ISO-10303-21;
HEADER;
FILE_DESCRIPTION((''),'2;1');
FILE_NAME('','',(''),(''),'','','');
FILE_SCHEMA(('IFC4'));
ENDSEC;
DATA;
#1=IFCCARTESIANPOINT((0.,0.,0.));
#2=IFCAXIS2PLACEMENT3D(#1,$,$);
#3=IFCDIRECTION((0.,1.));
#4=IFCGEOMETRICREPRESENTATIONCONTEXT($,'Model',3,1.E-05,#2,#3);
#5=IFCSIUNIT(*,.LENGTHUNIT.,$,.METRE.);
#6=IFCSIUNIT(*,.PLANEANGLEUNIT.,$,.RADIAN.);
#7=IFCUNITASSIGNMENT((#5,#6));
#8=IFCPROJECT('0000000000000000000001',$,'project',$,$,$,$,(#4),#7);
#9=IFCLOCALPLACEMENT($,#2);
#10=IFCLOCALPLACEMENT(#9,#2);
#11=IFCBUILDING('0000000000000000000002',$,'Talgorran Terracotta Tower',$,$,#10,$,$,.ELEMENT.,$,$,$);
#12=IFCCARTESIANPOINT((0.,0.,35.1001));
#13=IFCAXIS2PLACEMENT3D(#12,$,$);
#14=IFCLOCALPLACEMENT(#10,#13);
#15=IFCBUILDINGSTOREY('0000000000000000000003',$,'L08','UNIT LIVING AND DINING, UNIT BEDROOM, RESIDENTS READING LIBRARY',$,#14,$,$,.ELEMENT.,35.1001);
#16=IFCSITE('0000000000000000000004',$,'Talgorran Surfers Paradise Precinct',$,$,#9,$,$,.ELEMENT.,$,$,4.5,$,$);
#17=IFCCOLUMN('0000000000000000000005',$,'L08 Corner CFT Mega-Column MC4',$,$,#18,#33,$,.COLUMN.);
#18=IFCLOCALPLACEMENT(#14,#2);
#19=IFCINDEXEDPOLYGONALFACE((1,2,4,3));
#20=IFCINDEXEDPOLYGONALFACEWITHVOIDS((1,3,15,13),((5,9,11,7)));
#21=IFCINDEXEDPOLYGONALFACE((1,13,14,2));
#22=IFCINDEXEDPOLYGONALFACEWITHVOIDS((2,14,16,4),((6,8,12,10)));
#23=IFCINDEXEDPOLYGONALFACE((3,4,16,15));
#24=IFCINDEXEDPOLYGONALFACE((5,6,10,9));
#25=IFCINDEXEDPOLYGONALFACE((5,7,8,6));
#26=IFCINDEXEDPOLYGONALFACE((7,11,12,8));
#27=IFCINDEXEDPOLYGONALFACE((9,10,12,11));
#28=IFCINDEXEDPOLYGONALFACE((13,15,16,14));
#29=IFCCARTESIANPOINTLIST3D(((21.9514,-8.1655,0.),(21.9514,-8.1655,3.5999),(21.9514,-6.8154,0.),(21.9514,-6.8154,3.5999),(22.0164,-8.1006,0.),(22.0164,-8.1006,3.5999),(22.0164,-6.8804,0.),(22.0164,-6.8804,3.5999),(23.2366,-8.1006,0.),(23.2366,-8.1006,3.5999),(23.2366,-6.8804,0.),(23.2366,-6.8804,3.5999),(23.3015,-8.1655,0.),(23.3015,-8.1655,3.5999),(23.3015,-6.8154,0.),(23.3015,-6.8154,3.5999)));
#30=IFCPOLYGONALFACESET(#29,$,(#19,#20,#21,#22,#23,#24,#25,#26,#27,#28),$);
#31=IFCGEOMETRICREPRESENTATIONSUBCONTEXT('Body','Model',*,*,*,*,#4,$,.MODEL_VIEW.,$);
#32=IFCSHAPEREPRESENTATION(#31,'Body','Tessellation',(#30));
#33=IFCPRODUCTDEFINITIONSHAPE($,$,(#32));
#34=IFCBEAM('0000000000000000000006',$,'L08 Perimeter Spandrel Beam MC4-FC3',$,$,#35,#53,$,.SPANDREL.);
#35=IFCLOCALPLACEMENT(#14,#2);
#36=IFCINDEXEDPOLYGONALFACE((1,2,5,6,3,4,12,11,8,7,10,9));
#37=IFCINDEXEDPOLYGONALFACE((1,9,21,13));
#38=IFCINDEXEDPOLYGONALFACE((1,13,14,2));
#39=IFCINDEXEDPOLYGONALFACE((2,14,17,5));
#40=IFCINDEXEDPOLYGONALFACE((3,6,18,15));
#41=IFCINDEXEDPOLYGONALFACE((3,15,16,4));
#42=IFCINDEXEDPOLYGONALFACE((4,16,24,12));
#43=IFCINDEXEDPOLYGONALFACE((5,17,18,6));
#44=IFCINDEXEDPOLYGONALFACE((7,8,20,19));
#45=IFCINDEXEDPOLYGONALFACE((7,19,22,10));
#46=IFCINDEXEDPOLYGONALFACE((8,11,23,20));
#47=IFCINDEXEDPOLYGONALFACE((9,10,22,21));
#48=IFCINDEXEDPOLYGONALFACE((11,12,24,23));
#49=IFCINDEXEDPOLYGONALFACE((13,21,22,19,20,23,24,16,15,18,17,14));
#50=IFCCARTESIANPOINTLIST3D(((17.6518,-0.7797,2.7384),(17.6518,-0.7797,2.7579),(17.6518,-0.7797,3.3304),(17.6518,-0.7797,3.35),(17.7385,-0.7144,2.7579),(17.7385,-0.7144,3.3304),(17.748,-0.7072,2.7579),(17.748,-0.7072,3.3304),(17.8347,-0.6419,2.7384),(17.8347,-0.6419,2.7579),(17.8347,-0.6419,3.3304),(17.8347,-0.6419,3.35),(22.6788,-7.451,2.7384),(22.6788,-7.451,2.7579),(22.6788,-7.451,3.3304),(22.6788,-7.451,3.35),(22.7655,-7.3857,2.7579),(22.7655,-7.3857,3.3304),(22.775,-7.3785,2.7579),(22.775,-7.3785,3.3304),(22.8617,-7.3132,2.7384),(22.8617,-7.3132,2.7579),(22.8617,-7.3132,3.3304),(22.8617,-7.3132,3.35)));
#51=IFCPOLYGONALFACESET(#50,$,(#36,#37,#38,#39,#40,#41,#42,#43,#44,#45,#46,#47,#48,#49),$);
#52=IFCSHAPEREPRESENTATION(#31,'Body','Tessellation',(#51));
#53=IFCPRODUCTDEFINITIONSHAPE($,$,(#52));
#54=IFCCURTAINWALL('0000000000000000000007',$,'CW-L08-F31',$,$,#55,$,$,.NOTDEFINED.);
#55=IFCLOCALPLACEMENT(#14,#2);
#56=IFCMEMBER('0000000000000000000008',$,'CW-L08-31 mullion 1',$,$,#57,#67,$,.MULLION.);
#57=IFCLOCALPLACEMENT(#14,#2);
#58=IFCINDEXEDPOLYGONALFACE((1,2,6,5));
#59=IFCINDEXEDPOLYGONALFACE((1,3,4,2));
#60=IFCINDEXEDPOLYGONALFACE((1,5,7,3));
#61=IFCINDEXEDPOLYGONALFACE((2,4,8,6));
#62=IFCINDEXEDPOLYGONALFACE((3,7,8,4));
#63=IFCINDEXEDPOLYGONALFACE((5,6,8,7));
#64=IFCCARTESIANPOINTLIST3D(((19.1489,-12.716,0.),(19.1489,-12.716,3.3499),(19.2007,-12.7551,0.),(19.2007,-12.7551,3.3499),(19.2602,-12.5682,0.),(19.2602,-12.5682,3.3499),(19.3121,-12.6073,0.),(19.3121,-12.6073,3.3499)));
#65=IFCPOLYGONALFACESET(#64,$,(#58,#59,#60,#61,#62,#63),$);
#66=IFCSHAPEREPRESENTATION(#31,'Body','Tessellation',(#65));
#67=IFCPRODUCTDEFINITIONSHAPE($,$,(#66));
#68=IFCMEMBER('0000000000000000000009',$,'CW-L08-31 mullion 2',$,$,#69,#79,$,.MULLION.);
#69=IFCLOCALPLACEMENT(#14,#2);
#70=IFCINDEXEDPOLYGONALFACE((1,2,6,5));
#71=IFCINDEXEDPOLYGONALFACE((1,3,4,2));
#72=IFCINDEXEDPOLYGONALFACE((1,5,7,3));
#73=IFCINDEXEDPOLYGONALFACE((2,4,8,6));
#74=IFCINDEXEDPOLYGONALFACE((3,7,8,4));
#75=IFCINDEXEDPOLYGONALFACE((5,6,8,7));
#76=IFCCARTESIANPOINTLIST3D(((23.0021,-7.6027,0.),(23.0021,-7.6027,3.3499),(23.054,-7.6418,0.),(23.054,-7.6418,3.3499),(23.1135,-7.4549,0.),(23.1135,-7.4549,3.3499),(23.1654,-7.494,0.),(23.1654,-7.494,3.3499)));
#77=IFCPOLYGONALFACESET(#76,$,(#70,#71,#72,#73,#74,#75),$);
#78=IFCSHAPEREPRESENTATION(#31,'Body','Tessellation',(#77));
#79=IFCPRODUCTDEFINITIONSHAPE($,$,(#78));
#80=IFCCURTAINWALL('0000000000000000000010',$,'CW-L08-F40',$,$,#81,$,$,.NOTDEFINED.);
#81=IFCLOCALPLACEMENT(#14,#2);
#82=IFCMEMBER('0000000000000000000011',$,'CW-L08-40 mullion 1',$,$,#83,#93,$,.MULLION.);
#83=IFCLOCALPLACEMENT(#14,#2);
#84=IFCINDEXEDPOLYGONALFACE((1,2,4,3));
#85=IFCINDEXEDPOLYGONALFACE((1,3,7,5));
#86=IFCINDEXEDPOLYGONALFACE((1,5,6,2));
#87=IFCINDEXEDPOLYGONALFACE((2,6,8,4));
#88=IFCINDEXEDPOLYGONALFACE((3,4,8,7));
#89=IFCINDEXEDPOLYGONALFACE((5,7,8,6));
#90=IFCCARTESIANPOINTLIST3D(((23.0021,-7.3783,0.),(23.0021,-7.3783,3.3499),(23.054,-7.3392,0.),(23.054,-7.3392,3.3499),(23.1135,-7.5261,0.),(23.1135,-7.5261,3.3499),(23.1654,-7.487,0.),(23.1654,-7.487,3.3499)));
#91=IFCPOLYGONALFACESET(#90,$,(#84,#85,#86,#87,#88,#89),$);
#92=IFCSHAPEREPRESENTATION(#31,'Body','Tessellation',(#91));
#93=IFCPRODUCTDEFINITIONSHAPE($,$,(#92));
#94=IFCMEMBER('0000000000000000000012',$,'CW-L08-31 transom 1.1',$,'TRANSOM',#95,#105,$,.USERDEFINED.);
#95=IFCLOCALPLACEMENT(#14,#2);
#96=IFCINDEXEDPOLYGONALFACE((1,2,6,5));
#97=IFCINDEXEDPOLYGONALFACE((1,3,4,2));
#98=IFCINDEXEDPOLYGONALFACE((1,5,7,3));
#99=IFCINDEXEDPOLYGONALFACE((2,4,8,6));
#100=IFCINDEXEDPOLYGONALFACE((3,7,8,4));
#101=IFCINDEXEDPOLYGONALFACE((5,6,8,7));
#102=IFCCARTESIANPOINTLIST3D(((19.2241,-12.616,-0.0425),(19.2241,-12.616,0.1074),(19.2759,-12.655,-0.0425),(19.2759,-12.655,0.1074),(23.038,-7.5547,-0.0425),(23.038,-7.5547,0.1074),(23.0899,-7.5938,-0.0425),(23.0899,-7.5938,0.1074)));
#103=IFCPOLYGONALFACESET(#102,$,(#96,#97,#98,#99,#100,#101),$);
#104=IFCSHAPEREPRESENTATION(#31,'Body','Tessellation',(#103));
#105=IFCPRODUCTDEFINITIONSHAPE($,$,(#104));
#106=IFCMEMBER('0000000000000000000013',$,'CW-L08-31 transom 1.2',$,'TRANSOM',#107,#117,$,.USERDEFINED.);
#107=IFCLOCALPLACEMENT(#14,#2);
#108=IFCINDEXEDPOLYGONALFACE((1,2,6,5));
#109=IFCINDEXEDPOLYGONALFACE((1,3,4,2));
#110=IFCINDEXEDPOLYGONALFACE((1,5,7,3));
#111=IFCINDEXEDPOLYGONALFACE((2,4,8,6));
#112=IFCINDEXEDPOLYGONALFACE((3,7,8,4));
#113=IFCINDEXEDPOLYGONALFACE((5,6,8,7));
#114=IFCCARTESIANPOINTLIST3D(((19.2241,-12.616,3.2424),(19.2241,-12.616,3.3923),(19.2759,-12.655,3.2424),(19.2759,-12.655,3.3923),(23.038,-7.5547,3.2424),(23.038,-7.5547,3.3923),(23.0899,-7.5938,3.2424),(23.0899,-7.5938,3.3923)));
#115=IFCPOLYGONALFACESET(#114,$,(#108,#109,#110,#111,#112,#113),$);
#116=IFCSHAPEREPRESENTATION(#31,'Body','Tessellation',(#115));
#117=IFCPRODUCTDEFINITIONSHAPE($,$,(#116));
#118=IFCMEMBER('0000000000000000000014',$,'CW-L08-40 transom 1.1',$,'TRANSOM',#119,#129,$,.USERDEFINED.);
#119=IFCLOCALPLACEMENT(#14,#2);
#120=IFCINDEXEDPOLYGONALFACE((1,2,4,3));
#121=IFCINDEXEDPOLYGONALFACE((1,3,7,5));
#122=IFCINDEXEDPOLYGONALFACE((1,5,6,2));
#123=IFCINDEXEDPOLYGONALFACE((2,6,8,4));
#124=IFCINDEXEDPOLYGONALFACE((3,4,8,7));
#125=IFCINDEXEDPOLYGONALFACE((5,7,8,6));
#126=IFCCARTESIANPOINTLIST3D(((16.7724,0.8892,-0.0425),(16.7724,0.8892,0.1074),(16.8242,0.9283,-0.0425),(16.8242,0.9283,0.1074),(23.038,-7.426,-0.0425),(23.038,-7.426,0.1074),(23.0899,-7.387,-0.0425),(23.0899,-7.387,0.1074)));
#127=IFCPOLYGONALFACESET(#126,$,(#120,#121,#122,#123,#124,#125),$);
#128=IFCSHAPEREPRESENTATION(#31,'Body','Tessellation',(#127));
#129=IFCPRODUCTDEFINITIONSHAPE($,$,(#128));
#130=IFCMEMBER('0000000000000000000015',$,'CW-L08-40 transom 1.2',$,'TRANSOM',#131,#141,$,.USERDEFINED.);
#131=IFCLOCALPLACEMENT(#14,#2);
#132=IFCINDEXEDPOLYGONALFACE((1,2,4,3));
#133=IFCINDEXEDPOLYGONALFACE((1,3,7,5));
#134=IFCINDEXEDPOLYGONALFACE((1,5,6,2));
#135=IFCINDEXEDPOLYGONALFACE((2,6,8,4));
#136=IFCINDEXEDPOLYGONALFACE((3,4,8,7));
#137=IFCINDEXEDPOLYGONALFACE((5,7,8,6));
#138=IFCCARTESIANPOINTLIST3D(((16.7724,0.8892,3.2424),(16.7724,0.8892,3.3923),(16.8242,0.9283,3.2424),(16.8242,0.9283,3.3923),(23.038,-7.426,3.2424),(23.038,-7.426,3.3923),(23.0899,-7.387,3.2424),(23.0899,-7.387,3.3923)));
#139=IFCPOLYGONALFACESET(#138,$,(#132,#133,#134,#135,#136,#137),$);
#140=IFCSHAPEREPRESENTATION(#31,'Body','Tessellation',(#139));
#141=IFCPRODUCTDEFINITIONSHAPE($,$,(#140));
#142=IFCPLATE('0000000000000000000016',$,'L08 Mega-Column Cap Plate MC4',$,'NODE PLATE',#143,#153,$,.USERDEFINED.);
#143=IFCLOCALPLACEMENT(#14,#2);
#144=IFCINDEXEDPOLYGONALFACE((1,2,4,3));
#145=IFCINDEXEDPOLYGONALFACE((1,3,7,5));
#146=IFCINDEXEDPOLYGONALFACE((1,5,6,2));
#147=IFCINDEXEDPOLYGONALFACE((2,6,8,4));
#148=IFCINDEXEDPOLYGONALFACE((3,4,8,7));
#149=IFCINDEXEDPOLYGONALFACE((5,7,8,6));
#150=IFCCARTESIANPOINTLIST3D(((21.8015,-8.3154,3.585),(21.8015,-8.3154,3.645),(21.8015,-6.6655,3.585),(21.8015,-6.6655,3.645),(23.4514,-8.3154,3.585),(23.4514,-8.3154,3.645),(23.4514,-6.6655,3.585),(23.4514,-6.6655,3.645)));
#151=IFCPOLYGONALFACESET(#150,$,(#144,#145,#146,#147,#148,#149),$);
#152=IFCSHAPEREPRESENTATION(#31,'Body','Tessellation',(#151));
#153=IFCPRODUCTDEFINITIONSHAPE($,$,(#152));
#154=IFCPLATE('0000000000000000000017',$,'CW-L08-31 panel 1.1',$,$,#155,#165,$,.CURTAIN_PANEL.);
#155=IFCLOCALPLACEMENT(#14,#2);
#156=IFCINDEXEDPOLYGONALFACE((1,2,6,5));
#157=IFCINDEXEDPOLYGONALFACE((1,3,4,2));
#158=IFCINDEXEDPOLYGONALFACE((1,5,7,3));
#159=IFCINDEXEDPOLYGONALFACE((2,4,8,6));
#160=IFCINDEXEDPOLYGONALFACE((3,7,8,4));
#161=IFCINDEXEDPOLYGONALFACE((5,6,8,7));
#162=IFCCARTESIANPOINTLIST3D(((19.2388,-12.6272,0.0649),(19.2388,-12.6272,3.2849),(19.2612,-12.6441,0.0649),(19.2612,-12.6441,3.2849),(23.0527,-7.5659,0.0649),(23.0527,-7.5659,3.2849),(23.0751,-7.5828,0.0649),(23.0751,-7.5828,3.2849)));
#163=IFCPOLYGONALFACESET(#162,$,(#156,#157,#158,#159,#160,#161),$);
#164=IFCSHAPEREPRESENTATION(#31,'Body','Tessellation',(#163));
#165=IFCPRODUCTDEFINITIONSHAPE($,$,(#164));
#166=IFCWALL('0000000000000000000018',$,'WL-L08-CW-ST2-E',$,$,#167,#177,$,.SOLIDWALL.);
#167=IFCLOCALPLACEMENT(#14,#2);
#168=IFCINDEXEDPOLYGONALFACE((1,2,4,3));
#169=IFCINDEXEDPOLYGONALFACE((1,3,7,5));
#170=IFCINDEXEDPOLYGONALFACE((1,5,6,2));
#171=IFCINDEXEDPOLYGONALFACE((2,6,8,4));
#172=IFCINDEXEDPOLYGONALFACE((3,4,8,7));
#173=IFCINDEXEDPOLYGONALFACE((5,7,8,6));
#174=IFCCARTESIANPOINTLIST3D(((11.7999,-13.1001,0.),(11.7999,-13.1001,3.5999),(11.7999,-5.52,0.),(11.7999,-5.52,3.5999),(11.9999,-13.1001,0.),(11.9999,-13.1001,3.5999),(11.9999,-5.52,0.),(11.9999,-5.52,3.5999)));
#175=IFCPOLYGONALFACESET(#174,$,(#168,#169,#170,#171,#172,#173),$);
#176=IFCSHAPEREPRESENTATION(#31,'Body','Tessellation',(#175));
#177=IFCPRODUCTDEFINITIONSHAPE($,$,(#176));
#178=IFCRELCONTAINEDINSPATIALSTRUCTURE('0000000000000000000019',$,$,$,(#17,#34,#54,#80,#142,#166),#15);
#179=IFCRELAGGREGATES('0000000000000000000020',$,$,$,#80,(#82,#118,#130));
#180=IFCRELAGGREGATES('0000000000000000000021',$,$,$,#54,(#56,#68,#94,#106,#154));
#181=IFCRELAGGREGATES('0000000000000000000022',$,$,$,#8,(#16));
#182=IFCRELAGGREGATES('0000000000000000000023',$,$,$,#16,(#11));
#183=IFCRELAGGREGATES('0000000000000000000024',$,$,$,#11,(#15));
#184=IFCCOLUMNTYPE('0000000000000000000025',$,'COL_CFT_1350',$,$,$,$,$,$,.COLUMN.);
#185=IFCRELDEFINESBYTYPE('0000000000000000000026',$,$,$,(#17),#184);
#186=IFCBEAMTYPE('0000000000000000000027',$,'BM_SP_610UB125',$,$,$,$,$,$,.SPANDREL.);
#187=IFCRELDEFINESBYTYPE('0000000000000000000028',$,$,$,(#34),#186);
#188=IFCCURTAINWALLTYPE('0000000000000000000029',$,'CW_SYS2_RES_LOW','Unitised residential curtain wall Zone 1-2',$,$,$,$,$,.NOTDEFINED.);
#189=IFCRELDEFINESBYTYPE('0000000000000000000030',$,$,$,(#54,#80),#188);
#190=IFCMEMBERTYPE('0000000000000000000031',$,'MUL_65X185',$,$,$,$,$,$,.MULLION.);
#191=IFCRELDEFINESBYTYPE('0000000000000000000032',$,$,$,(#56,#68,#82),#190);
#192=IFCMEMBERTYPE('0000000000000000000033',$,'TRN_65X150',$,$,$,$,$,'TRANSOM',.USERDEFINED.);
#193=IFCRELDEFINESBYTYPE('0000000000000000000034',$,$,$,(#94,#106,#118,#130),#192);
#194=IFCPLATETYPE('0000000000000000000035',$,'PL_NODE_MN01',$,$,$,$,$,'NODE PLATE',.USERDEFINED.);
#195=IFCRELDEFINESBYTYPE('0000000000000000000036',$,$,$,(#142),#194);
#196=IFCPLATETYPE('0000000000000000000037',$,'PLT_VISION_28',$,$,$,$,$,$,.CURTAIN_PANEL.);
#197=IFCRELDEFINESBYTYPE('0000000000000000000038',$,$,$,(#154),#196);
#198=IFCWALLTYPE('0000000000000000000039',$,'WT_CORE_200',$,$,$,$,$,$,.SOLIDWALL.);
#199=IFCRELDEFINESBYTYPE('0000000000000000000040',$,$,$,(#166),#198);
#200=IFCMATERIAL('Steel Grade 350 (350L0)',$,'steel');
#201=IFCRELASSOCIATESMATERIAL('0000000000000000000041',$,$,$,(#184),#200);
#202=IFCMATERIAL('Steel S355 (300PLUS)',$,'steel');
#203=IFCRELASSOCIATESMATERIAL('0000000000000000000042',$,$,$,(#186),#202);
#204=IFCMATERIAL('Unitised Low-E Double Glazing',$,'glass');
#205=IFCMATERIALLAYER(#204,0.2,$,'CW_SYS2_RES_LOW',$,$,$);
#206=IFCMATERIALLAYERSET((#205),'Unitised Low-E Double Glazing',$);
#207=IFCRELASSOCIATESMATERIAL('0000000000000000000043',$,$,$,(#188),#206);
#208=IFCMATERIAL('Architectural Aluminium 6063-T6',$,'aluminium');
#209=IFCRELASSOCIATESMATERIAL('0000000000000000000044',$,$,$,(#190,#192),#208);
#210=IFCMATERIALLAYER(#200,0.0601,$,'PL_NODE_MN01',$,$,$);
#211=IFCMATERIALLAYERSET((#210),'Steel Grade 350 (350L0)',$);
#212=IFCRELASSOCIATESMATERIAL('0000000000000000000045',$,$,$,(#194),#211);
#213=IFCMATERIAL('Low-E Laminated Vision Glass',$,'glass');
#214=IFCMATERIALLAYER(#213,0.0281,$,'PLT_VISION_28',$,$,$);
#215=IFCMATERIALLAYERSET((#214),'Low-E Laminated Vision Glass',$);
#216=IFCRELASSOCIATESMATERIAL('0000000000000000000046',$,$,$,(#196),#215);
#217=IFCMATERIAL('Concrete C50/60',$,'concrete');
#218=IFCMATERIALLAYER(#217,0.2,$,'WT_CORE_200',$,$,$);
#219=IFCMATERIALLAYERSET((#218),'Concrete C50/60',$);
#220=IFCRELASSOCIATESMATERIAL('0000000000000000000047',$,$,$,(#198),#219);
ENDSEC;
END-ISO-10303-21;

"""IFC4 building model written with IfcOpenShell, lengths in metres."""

from ifc_helpers import new_model, si_unit, direction, frame, frame_2d, origin, origin_2d, place, context, subcontext, project, spatial, rectangle, hollow_rectangle, i_section, extrude, source, transform, mapped, material, layer, layer_set, material_profile, profile_set, type_object, type_shapes, element, aggregate, save


model = new_model("IFC4")

# Units and contexts
model_context = context("Model", 3, precision=1e-05, world=origin(), true_north=direction((0.0, 1.0)))
body_context = subcontext(model_context, "Body", "Model", "MODEL_VIEW")
ifc_project = project(units=[si_unit("LENGTHUNIT", "METRE"), si_unit("PLANEANGLEUNIT", "RADIAN")], contexts=[model_context])

# Site, building, storey
site_placement = place(None, origin())
site = spatial("IfcSite", under=ifc_project, at=site_placement, Name="Talgorran Surfers Paradise Precinct", CompositionType="ELEMENT", RefElevation=4.5)
building_placement = place(site_placement, origin())
building = spatial("IfcBuilding", under=site, at=building_placement, Name="Talgorran Terracotta Tower", CompositionType="ELEMENT")
storey_placement = place(building_placement, frame((0.0, 0.0, 35.1001)))
storey = spatial("IfcBuildingStorey", under=building, at=storey_placement, Name="L08", Description="UNIT LIVING AND DINING, UNIT BEDROOM, RESIDENTS READING LIBRARY", CompositionType="ELEMENT", Elevation=35.1001)

# Column
ifc_material_1 = material(Name="Steel Grade 350 (350L0)", Category="steel")
ifc_material_profile_1 = material_profile(ifc_material_1, hollow_rectangle(XDim=1.3501, YDim=1.3501, WallThickness=0.0649, at=origin_2d()), Name="CFT1350X1350X65")
ifc_profile_set_1 = profile_set([ifc_material_profile_1], Name="Steel Grade 350 (350L0)")
column_type = type_object("IfcColumnType", Name="COL_CFT_1350", PredefinedType="COLUMN", material=ifc_profile_set_1)
column_placement = place(storey_placement, frame((22.6265, -7.4905, 0.0), z_axis=(0.0, 0.0, 1.0), x_axis=(1.0, 0.0, 0.0)))
element("IfcColumn", 1, at=column_placement, inside=storey, type_object=column_type, Name="L08 Corner CFT Mega-Column MC4", PredefinedType="COLUMN", context=body_context, shape_type="SweptSolid", body=[
    extrude(hollow_rectangle(XDim=1.3501, YDim=1.3501, WallThickness=0.0649, at=origin_2d()), origin(), (0.0, 0.0, 1.0), 3.5999),
])

# Beam
ifc_material_2 = material(Name="Steel S355 (300PLUS)", Category="steel")
ifc_material_profile_2 = material_profile(ifc_material_2, i_section(OverallWidth=0.229, OverallDepth=0.6116, WebThickness=0.012, FlangeThickness=0.0195, at=origin_2d()), Name="610UB125")
ifc_profile_set_2 = profile_set([ifc_material_profile_2], Name="Steel S355 (300PLUS)")
beam_type = type_object("IfcBeamType", Name="BM_SP_610UB125", PredefinedType="SPANDREL", material=ifc_profile_set_2)
beam_placement = place(storey_placement, frame((22.7703, -7.3821, 3.0442), z_axis=(-0.601804, 0.798644, 0.0), x_axis=(-0.798644, -0.601804, 0.0)))
element("IfcBeam", 2, at=beam_placement, inside=storey, type_object=beam_type, Name="L08 Perimeter Spandrel Beam MC4-FC3", PredefinedType="SPANDREL", context=body_context, shape_type="SweptSolid", body=[
    extrude(i_section(OverallWidth=0.229, OverallDepth=0.6116, WebThickness=0.012, FlangeThickness=0.0195, at=origin_2d()), origin(), (0.0, 0.0, 1.0), 8.3533),
])

# Curtain wall, members
ifc_material_3 = material(Name="Unitised Low-E Double Glazing", Category="glass")
ifc_layer_1 = layer(ifc_material_3, 0.2, Name="CW_SYS2_RES_LOW")
ifc_layer_set_1 = layer_set([ifc_layer_1], Name="Unitised Low-E Double Glazing")
curtain_wall_type = type_object("IfcCurtainWallType", Name="CW_SYS2_RES_LOW", Description="Unitised residential curtain wall Zone 1-2", PredefinedType="NOTDEFINED", material=ifc_layer_set_1)
curtain_wall_1_placement = place(storey_placement, origin())
curtain_wall_1 = element("IfcCurtainWall", 3, at=curtain_wall_1_placement, inside=storey, type_object=curtain_wall_type, Name="CW-L08-F31", PredefinedType="NOTDEFINED")
ifc_material_4 = material(Name="Architectural Aluminium 6063-T6", Category="aluminium")
ifc_material_profile_3 = material_profile(ifc_material_4, rectangle(XDim=0.0649, YDim=0.1851, at=origin_2d()), Name="CWM65X185")
ifc_profile_set_3 = profile_set([ifc_material_profile_3], Name="Architectural Aluminium 6063-T6")
member_type_1 = type_object("IfcMemberType", Name="MUL_65X185", PredefinedType="MULLION", material=ifc_profile_set_3)
member_1_placement = place(storey_placement, frame((19.2305, -12.6616, 0.0), z_axis=(0.0, 0.0, 1.0), x_axis=(-0.79864, 0.601809, 0.0)))
member_1 = element("IfcMember", 4, at=member_1_placement, type_object=member_type_1, Name="CW-L08-31 mullion 1", PredefinedType="MULLION", context=body_context, shape_type="SweptSolid", body=[
    extrude(rectangle(XDim=0.0649, YDim=0.1851, at=origin_2d()), origin(), (0.0, 0.0, 1.0), 3.3499),
])
member_2_placement = place(storey_placement, frame((23.0837, -7.5483, 0.0), z_axis=(0.0, 0.0, 1.0), x_axis=(-0.79864, 0.601809, 0.0)))
member_2 = element("IfcMember", 5, at=member_2_placement, type_object=member_type_1, Name="CW-L08-31 mullion 2", PredefinedType="MULLION", context=body_context, shape_type="SweptSolid", body=[
    extrude(rectangle(XDim=0.0649, YDim=0.1851, at=origin_2d()), origin(), (0.0, 0.0, 1.0), 3.3499),
])

# Curtain wall, member
curtain_wall_2_placement = place(storey_placement, origin())
curtain_wall_2 = element("IfcCurtainWall", 6, at=curtain_wall_2_placement, inside=storey, type_object=curtain_wall_type, Name="CW-L08-F40", PredefinedType="NOTDEFINED")
member_3_placement = place(storey_placement, frame((23.0837, -7.4326, 0.0), z_axis=(0.0, 0.0, 1.0), x_axis=(-0.798643, -0.601805, 0.0)))
member_3 = element("IfcMember", 7, at=member_3_placement, type_object=member_type_1, Name="CW-L08-40 mullion 1", PredefinedType="MULLION", context=body_context, shape_type="SweptSolid", body=[
    extrude(rectangle(XDim=0.0649, YDim=0.1851, at=origin_2d()), origin(), (0.0, 0.0, 1.0), 3.3499),
])

# Members
ifc_material_profile_4 = material_profile(ifc_material_4, rectangle(XDim=0.0649, YDim=0.1499, at=origin_2d()), Name="CWT65X150")
ifc_profile_set_4 = profile_set([ifc_material_profile_4], Name="Architectural Aluminium 6063-T6")
member_type_2 = type_object("IfcMemberType", Name="TRN_65X150", ElementType="TRANSOM", PredefinedType="USERDEFINED", material=ifc_profile_set_4)
member_4_placement = place(storey_placement, frame((19.25, -12.6355, 0.0325), z_axis=(0.601817, 0.798634, 0.0), x_axis=(-0.798634, 0.601817, 0.0)))
member_4 = element("IfcMember", 8, at=member_4_placement, type_object=member_type_2, Name="CW-L08-31 transom 1.1", ObjectType="TRANSOM", PredefinedType="USERDEFINED", context=body_context, shape_type="SweptSolid", body=[
    extrude(rectangle(XDim=0.0649, YDim=0.1499, at=origin_2d()), origin(), (0.0, 0.0, 1.0), 6.3374),
])
member_5_placement = place(storey_placement, frame((19.25, -12.6355, 3.3174), z_axis=(0.601817, 0.798634, 0.0), x_axis=(-0.798634, 0.601817, 0.0)))
member_5 = element("IfcMember", 9, at=member_5_placement, type_object=member_type_2, Name="CW-L08-31 transom 1.2", ObjectType="TRANSOM", PredefinedType="USERDEFINED", context=body_context, shape_type="SweptSolid", body=[
    extrude(rectangle(XDim=0.0649, YDim=0.1499, at=origin_2d()), origin(), (0.0, 0.0, 1.0), 6.3374),
])
member_6_placement = place(storey_placement, frame((23.064, -7.4065, 0.0325), z_axis=(-0.601796, 0.79865, 0.0), x_axis=(-0.79865, -0.601796, 0.0)))
member_6 = element("IfcMember", 10, at=member_6_placement, type_object=member_type_2, Name="CW-L08-40 transom 1.1", ObjectType="TRANSOM", PredefinedType="USERDEFINED", context=body_context, shape_type="SweptSolid", body=[
    extrude(rectangle(XDim=0.0649, YDim=0.1499, at=origin_2d()), origin(), (0.0, 0.0, 1.0), 10.4116),
])
member_7_placement = place(storey_placement, frame((23.064, -7.4065, 3.3174), z_axis=(-0.601796, 0.79865, 0.0), x_axis=(-0.79865, -0.601796, 0.0)))
member_7 = element("IfcMember", 11, at=member_7_placement, type_object=member_type_2, Name="CW-L08-40 transom 1.2", ObjectType="TRANSOM", PredefinedType="USERDEFINED", context=body_context, shape_type="SweptSolid", body=[
    extrude(rectangle(XDim=0.0649, YDim=0.1499, at=origin_2d()), origin(), (0.0, 0.0, 1.0), 10.4116),
])
aggregate(curtain_wall_2, [member_3, member_6, member_7])

# Plates
ifc_layer_2 = layer(ifc_material_1, 0.0601, Name="PL_NODE_MN01")
ifc_layer_set_2 = layer_set([ifc_layer_2], Name="Steel Grade 350 (350L0)")
plate_type_1 = type_object("IfcPlateType", Name="PL_NODE_MN01", ElementType="NODE PLATE", PredefinedType="USERDEFINED", material=ifc_layer_set_2)
plate_1_placement = place(storey_placement, frame((22.6265, -7.4905, 3.585), z_axis=(0.0, 0.0, 1.0), x_axis=(1.0, 0.0, 0.0)))
element("IfcPlate", 12, at=plate_1_placement, inside=storey, type_object=plate_type_1, Name="L08 Mega-Column Cap Plate MC4", ObjectType="NODE PLATE", PredefinedType="USERDEFINED", context=body_context, shape_type="SweptSolid", body=[
    extrude(rectangle(XDim=1.6499, YDim=1.6499, at=origin_2d()), origin(), (0.0, 0.0, 1.0), 0.0601),
])
ifc_material_5 = material(Name="Low-E Laminated Vision Glass", Category="glass")
ifc_layer_3 = layer(ifc_material_5, 0.0281, Name="PLT_VISION_28")
ifc_layer_set_3 = layer_set([ifc_layer_3], Name="Low-E Laminated Vision Glass")
plate_type_2 = type_object("IfcPlateType", Name="PLT_VISION_28", PredefinedType="CURTAIN_PANEL", material=ifc_layer_set_3)
shared_shape = source(origin(), body_context, "Body", "SweptSolid", [
    extrude(rectangle(XDim=6.3374, YDim=0.0281, at=origin_2d()), origin(), (0.0, 0.0, 1.0), 3.22),
])
type_shapes(plate_type_2, [shared_shape])
plate_2_placement = place(storey_placement, frame((21.157, -10.105, 0.0649), z_axis=(0.0, 0.0, 1.0), x_axis=(0.601809, 0.79864, 0.0)))
plate_2 = element("IfcPlate", 13, at=plate_2_placement, type_object=plate_type_2, Name="CW-L08-31 panel 1.1", PredefinedType="CURTAIN_PANEL", context=body_context, shape_type="MappedRepresentation", body=[
    mapped(shared_shape, transform((0.0, 0.0, 0.0), scale=1.0)),
])
aggregate(curtain_wall_1, [member_1, member_2, member_4, member_5, plate_2])

# Wall
ifc_material_6 = material(Name="Concrete C50/60", Category="concrete")
ifc_layer_4 = layer(ifc_material_6, 0.2, Name="WT_CORE_200")
ifc_layer_set_4 = layer_set([ifc_layer_4], Name="Concrete C50/60")
wall_type_1 = type_object("IfcWallType", Name="WT_CORE_200", PredefinedType="SOLIDWALL", material=ifc_layer_set_4)
wall_1_placement = place(storey_placement, frame((11.8999, -13.1001, 0.0), z_axis=(0.0, 0.0, 1.0), x_axis=(0.0, 1.0, 0.0)))
element("IfcWall", 14, at=wall_1_placement, inside=storey, type_object=wall_type_1, Name="WL-L08-CW-ST2-E", PredefinedType="SOLIDWALL", context=body_context, shape_type="SweptSolid", body=[
    extrude(rectangle(XDim=7.5801, YDim=0.2, at=frame_2d((3.79, 0.0))), origin(), (0.0, 0.0, 1.0), 3.5999),
])

save(model, "model.ifc")
